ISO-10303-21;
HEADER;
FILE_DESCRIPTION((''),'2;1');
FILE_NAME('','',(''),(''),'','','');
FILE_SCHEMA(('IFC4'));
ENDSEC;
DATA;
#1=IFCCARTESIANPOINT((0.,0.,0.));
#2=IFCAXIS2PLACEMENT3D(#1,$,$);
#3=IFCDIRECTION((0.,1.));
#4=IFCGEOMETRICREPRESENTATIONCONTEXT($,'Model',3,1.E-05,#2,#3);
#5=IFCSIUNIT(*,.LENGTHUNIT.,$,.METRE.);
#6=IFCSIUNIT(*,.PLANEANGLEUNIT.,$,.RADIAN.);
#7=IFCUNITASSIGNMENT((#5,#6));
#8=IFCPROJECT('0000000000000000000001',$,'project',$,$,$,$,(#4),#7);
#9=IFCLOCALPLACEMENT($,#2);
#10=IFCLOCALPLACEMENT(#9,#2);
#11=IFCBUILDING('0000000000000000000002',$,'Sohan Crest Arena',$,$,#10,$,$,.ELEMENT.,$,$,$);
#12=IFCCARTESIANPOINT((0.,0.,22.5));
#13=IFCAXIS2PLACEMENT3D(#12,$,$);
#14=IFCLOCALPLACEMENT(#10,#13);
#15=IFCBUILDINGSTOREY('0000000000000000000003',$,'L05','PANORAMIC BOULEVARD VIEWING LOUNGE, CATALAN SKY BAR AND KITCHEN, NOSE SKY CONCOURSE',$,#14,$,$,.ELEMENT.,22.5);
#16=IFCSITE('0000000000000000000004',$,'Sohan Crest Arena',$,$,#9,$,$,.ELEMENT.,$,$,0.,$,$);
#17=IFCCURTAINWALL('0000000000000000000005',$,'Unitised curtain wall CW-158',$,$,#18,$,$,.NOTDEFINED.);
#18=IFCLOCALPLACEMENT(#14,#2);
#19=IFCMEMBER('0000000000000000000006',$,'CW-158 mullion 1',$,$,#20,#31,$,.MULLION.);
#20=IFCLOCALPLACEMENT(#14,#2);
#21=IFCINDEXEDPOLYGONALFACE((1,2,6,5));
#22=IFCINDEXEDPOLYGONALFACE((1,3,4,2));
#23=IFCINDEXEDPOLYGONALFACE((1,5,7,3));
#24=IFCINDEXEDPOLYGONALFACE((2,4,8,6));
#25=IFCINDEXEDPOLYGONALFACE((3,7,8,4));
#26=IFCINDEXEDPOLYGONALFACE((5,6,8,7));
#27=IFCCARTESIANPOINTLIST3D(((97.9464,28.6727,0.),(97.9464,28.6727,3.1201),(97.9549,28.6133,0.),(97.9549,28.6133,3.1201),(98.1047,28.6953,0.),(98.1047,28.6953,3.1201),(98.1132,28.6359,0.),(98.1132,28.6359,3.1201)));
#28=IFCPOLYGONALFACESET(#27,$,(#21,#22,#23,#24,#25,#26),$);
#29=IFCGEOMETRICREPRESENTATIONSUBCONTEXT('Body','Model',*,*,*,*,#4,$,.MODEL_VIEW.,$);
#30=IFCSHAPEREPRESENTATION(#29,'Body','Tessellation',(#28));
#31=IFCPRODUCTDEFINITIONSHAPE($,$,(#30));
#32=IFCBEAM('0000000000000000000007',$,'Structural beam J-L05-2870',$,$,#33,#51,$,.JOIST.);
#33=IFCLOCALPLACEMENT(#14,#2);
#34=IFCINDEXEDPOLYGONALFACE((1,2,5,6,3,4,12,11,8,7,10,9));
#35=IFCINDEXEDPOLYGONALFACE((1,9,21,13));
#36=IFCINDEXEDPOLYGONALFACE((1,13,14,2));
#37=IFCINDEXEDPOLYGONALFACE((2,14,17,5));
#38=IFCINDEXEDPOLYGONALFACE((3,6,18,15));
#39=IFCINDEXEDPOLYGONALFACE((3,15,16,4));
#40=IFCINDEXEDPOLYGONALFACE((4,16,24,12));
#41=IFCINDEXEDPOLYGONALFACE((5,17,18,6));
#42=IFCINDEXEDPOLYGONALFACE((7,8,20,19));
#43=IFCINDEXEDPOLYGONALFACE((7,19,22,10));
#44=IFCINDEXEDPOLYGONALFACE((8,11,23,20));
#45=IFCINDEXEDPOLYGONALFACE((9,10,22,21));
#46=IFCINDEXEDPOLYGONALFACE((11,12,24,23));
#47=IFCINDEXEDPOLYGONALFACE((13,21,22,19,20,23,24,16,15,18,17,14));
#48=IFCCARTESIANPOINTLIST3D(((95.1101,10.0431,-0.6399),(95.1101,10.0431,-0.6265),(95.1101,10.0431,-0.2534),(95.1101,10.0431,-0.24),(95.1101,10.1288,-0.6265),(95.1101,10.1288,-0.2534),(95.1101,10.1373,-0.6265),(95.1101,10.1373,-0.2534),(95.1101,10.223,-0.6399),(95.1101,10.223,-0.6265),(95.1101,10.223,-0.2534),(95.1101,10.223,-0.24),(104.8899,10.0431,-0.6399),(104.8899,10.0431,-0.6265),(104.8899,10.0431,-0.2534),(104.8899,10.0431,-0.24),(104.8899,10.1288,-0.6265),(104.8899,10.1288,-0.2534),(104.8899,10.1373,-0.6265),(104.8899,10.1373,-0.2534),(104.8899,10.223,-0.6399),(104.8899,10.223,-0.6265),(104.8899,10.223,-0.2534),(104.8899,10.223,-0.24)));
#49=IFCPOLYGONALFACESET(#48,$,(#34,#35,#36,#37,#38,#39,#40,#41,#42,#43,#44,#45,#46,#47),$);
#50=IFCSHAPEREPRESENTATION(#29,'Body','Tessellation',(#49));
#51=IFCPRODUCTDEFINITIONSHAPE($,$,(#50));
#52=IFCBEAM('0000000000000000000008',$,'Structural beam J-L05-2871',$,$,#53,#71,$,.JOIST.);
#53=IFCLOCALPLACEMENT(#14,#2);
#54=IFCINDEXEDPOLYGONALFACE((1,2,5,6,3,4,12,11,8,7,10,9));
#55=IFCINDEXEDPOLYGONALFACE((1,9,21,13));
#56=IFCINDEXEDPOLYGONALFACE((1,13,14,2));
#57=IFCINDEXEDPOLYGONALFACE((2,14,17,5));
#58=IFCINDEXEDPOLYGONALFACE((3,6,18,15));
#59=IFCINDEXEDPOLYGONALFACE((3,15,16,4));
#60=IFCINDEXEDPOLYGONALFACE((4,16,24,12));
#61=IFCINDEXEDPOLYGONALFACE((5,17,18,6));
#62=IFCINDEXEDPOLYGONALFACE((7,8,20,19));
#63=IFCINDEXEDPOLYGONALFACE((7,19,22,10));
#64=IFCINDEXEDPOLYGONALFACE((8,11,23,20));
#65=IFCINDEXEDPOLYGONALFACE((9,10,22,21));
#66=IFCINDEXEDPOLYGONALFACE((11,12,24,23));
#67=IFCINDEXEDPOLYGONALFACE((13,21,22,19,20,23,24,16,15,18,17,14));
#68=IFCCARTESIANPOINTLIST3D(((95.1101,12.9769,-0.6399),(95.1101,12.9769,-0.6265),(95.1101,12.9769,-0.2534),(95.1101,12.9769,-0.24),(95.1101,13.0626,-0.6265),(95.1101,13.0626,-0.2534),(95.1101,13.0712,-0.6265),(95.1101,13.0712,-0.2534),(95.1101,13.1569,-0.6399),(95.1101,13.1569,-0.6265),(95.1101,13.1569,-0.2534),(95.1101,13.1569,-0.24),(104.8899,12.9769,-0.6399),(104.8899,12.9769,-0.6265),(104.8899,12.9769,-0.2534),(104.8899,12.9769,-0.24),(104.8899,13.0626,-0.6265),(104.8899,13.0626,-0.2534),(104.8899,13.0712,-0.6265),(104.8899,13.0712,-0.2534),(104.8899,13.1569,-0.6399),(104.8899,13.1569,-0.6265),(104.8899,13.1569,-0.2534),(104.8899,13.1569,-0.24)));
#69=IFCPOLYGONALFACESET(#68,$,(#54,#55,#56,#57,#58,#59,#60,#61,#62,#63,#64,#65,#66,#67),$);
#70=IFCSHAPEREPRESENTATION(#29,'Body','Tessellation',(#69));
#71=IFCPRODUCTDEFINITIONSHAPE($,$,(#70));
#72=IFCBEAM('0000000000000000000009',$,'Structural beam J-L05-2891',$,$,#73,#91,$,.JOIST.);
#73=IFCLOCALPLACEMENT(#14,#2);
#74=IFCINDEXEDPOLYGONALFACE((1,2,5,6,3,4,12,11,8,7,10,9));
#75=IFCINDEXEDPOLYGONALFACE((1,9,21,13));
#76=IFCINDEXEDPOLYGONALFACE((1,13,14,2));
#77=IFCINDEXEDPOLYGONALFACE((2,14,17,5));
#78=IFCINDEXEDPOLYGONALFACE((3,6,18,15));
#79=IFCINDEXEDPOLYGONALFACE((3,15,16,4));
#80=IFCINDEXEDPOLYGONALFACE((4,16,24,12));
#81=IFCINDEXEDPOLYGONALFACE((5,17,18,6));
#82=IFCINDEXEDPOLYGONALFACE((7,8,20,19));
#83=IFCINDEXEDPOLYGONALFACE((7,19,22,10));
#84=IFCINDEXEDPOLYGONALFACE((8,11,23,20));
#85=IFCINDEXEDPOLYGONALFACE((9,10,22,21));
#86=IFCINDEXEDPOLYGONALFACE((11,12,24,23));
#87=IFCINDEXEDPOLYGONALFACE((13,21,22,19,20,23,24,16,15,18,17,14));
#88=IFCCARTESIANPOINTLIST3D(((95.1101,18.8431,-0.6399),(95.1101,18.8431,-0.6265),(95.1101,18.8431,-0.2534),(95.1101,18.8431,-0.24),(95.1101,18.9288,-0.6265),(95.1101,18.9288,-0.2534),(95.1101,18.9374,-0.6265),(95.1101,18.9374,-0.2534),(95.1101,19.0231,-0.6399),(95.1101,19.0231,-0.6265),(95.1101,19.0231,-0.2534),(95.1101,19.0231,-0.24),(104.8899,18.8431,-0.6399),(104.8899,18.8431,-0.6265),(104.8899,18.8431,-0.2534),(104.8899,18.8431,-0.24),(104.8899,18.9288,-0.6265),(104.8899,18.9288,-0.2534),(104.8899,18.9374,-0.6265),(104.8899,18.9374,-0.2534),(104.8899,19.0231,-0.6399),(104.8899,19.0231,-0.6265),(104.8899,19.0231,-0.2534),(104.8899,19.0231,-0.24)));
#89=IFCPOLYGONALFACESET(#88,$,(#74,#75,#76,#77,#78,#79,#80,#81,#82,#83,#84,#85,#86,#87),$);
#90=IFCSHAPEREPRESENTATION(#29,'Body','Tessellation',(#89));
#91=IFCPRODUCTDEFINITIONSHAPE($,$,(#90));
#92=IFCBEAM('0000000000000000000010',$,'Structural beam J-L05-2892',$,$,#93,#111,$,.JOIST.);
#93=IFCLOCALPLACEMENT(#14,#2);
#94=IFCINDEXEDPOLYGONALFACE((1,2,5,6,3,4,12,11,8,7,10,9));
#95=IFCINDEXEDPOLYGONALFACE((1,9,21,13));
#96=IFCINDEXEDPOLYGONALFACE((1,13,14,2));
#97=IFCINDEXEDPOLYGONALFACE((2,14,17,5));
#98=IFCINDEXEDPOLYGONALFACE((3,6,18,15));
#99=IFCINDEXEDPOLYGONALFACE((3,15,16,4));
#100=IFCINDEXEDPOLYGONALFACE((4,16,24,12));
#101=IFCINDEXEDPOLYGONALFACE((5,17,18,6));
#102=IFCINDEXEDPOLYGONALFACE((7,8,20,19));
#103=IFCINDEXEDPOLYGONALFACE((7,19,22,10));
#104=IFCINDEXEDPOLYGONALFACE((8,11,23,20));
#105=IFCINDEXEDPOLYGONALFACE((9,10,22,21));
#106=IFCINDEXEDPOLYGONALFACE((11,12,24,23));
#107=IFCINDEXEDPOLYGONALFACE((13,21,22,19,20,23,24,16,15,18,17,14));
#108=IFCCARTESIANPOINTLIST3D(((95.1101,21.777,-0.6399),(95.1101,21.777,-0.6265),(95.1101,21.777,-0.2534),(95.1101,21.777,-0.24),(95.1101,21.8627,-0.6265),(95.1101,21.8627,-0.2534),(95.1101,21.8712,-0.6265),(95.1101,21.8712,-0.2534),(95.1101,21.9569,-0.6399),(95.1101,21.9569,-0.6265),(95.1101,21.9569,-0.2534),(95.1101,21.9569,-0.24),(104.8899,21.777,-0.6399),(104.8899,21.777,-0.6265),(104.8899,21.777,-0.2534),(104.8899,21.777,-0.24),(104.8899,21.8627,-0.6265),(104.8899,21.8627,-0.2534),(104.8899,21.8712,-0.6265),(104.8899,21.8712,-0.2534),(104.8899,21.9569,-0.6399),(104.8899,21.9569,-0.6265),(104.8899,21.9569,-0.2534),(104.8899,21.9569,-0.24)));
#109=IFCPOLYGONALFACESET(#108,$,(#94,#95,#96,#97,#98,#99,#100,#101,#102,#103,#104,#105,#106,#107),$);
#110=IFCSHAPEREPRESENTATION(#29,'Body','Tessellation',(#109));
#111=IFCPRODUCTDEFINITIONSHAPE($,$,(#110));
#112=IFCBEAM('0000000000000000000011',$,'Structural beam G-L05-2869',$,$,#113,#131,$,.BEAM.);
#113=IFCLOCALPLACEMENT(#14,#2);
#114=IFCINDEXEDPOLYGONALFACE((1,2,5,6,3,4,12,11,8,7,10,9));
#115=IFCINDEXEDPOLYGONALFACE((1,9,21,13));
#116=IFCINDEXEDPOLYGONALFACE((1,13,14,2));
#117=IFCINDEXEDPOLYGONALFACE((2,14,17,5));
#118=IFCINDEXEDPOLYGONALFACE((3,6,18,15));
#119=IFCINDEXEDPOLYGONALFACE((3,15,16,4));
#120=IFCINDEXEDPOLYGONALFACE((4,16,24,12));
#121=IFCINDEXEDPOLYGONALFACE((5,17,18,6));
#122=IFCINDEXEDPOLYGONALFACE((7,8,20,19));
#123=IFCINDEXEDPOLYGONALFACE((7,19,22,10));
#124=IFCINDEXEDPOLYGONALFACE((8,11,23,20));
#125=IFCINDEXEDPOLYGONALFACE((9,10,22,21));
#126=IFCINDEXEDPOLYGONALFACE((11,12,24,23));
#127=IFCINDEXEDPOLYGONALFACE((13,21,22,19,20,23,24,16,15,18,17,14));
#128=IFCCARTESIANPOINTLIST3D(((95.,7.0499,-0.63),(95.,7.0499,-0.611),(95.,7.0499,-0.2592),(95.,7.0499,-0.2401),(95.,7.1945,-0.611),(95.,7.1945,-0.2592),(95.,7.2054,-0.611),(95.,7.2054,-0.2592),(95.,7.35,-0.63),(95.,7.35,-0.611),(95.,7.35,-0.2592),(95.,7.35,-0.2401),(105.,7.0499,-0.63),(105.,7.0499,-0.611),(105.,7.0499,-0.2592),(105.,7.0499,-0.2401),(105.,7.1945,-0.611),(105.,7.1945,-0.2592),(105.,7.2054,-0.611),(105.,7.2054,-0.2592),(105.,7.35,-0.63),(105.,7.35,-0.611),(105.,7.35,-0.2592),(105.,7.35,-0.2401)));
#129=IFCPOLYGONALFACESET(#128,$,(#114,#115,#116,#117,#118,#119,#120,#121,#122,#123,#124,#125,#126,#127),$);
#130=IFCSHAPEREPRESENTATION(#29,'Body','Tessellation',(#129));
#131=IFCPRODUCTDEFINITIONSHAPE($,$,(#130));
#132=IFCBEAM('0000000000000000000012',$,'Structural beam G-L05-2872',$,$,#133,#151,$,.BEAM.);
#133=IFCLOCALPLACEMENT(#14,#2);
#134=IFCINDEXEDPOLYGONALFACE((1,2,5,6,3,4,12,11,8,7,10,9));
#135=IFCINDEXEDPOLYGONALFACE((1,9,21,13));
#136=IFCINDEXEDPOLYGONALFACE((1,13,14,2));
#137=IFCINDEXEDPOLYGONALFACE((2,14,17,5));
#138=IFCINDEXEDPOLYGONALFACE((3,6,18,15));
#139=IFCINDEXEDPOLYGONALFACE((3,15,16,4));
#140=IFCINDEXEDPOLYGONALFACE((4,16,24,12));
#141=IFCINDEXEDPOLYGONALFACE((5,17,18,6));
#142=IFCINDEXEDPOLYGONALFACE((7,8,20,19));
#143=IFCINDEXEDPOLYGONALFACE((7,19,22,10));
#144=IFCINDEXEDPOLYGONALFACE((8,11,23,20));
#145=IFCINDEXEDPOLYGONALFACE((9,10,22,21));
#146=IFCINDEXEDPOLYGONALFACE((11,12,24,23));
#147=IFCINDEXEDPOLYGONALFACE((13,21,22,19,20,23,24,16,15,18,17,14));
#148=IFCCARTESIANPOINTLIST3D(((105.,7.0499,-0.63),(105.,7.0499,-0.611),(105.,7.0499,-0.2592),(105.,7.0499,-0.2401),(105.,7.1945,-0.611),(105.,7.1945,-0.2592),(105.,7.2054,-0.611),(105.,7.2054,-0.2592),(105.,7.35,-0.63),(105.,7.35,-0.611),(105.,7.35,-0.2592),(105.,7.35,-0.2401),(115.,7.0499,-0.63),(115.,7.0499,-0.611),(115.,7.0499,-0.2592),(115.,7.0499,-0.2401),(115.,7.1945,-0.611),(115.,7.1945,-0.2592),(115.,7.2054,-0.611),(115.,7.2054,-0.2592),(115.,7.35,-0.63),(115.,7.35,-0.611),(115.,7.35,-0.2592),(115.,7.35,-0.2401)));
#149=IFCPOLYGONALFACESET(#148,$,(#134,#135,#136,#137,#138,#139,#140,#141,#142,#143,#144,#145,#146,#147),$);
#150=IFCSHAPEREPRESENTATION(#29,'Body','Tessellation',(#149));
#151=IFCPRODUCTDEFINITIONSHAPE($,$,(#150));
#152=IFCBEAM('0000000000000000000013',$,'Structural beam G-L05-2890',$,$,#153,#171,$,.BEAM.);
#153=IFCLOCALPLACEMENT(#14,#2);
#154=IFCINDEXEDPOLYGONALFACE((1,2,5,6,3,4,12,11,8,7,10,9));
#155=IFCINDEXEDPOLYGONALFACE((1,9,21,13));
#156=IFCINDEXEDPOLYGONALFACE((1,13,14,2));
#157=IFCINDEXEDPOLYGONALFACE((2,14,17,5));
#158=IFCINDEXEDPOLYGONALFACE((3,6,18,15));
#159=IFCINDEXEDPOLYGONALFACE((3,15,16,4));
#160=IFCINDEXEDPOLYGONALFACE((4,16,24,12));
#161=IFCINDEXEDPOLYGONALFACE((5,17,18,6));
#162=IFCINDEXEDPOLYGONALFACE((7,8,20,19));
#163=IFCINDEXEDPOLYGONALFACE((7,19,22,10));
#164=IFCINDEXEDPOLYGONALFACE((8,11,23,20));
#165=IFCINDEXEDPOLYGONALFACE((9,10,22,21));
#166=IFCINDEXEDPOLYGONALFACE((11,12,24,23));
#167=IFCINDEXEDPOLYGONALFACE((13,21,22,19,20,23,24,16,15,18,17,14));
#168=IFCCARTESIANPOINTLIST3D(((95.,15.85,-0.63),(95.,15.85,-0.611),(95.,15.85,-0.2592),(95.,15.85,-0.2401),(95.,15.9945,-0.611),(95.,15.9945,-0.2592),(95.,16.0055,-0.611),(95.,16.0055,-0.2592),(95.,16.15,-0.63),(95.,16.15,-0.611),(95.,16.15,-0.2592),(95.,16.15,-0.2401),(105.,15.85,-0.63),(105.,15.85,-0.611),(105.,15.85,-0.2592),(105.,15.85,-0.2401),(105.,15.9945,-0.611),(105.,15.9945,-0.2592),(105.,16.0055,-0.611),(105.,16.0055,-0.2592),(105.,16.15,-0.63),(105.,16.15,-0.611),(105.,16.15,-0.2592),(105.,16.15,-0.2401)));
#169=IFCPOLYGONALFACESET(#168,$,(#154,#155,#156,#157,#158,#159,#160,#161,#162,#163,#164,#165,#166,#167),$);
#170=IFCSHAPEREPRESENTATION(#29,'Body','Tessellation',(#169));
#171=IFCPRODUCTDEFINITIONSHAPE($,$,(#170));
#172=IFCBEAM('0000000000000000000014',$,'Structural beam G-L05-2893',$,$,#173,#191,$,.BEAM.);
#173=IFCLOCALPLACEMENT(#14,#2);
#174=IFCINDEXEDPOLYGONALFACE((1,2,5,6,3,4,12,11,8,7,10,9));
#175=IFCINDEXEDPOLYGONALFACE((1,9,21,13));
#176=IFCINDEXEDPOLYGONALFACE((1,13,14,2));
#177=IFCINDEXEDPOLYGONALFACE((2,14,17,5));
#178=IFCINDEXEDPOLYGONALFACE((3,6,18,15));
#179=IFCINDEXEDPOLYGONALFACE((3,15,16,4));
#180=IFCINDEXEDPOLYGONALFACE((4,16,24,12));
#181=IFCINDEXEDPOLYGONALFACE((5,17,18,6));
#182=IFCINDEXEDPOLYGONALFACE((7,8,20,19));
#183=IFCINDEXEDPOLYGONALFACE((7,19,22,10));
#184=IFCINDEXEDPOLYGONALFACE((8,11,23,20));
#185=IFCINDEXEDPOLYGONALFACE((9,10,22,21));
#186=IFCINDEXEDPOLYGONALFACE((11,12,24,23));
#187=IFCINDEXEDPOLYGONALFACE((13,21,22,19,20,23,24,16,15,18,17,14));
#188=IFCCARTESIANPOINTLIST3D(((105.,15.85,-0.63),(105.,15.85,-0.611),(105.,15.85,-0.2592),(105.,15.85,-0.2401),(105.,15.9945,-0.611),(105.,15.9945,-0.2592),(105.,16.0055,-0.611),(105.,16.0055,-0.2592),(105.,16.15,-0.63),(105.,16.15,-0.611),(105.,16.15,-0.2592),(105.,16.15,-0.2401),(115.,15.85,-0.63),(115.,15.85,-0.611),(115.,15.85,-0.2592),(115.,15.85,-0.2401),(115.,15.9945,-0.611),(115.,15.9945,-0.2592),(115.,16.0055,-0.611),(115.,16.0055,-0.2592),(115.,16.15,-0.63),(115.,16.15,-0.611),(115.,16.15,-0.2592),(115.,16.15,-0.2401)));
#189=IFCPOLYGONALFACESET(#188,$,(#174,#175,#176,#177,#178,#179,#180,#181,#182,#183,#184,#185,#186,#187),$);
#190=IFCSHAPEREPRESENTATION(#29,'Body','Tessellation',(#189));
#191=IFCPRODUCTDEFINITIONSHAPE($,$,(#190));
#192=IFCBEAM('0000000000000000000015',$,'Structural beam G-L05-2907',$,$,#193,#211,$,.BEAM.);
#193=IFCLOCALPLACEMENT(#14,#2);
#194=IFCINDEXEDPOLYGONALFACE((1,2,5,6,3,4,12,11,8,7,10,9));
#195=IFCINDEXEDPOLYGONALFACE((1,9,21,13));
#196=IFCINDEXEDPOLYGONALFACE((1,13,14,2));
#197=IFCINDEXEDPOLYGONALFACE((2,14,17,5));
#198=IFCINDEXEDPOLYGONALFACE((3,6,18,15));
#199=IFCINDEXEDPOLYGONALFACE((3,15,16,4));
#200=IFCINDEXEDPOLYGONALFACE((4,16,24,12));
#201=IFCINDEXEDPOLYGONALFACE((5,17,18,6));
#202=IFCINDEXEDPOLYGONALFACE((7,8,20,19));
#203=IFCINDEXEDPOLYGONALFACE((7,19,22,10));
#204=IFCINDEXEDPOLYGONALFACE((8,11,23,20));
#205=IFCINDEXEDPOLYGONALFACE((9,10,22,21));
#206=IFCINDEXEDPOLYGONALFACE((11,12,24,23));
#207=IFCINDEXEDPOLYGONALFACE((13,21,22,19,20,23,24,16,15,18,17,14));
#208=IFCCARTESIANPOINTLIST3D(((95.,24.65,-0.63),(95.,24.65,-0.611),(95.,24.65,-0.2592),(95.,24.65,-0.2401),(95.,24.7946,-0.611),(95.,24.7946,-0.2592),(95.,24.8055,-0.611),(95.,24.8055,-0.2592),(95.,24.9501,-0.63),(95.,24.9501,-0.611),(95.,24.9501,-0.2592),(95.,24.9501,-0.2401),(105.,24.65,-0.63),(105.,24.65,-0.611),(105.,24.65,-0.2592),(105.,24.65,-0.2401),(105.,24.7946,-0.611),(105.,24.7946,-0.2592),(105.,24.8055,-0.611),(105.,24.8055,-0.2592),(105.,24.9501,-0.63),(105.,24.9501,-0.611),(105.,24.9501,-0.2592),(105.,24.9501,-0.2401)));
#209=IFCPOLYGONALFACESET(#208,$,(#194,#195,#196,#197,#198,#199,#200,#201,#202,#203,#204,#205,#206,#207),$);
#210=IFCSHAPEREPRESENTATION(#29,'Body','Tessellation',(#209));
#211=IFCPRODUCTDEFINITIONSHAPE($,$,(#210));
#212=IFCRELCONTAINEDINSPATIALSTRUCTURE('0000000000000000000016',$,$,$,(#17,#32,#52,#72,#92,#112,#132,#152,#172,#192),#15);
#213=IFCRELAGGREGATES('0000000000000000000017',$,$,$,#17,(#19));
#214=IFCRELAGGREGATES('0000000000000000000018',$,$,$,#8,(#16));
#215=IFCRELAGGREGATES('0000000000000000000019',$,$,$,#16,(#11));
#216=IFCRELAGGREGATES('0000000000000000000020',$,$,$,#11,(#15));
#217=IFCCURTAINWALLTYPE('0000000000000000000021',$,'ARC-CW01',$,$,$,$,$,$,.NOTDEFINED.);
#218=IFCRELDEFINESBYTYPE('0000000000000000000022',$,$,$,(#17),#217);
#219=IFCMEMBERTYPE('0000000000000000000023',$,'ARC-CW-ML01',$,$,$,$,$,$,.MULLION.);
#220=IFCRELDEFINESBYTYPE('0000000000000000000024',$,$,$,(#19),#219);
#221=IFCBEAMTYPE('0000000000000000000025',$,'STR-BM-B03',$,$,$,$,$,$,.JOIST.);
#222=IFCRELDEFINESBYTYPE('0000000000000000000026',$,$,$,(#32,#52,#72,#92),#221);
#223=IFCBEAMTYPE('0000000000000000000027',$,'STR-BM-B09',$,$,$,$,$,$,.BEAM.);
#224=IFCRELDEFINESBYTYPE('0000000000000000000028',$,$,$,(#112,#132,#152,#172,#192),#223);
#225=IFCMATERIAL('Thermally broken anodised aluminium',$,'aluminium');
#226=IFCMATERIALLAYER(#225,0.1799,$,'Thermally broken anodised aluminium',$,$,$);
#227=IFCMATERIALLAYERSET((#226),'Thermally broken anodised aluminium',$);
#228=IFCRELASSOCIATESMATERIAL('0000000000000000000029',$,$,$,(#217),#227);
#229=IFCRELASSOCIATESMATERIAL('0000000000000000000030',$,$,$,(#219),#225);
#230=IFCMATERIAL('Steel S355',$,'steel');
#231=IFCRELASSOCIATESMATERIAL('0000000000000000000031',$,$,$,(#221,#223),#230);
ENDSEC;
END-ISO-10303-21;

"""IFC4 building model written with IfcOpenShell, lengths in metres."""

from ifc_helpers import new_model, si_unit, direction, frame, origin, origin_2d, place, context, subcontext, project, spatial, rectangle, i_section, extrude, material, layer, layer_set, material_profile, profile_set, type_object, element, aggregate, save


model = new_model("IFC4")

# Units and contexts
model_context = context("Model", 3, precision=1e-05, world=origin(), true_north=direction((0.0, 1.0)))
body_context = subcontext(model_context, "Body", "Model", "MODEL_VIEW")
ifc_project = project(units=[si_unit("LENGTHUNIT", "METRE"), si_unit("PLANEANGLEUNIT", "RADIAN")], contexts=[model_context])

# Site, building, storey
site_placement = place(None, origin())
site = spatial("IfcSite", under=ifc_project, at=site_placement, Name="Sohan Crest Arena", CompositionType="ELEMENT", RefElevation=0.0)
building_placement = place(site_placement, origin())
building = spatial("IfcBuilding", under=site, at=building_placement, Name="Sohan Crest Arena", CompositionType="ELEMENT")
storey_placement = place(building_placement, frame((0.0, 0.0, 22.5)))
storey = spatial("IfcBuildingStorey", under=building, at=storey_placement, Name="L05", Description="PANORAMIC BOULEVARD VIEWING LOUNGE, CATALAN SKY BAR AND KITCHEN, NOSE SKY CONCOURSE", CompositionType="ELEMENT", Elevation=22.5)

# Curtain wall, member
ifc_material_1 = material(Name="Thermally broken anodised aluminium", Category="aluminium")
ifc_layer_1 = layer(ifc_material_1, 0.1799, Name="Thermally broken anodised aluminium")
ifc_layer_set_1 = layer_set([ifc_layer_1], Name="Thermally broken anodised aluminium")
curtain_wall_type = type_object("IfcCurtainWallType", Name="ARC-CW01", PredefinedType="NOTDEFINED", material=ifc_layer_set_1)
curtain_wall_placement = place(storey_placement, origin())
curtain_wall = element("IfcCurtainWall", 1, at=curtain_wall_placement, inside=storey, type_object=curtain_wall_type, Name="Unitised curtain wall CW-158", PredefinedType="NOTDEFINED")
ifc_material_profile_1 = material_profile(ifc_material_1, rectangle(XDim=0.0601, YDim=0.1599, at=origin_2d()), Name="ALU-MULL 60x160")
ifc_profile_set_1 = profile_set([ifc_material_profile_1], Name="Thermally broken anodised aluminium")
member_type = type_object("IfcMemberType", Name="ARC-CW-ML01", PredefinedType="MULLION", material=ifc_profile_set_1)
member_placement = place(storey_placement, frame((98.0298, 28.6543, 0.0), z_axis=(0.0, 0.0, 1.0), x_axis=(-0.141463, 0.989944, 0.0)))
member = element("IfcMember", 2, at=member_placement, type_object=member_type, Name="CW-158 mullion 1", PredefinedType="MULLION", context=body_context, shape_type="SweptSolid", body=[
    extrude(rectangle(XDim=0.0601, YDim=0.1599, at=origin_2d()), origin(), (0.0, 0.0, 1.0), 3.1201),
])
aggregate(curtain_wall, [member])

# Beams
ifc_material_2 = material(Name="Steel S355", Category="steel")
ifc_material_profile_2 = material_profile(ifc_material_2, i_section(OverallWidth=0.1799, OverallDepth=0.3999, WebThickness=0.0085, FlangeThickness=0.0134, at=origin_2d()), Name="IPE 400")
ifc_profile_set_2 = profile_set([ifc_material_profile_2], Name="Steel S355")
beam_type_1 = type_object("IfcBeamType", Name="STR-BM-B03", PredefinedType="JOIST", material=ifc_profile_set_2)
for number, where, z_axis, x_axis, name in (
    (3, (95.1101, 10.1331, -0.4399), (1.0, 0.0, 0.0), (0.0, 1.0, 0.0), "Structural beam J-L05-2870"),
    (4, (95.1101, 13.0669, -0.4399), (1.0, 0.0, 0.0), (0.0, 1.0, 0.0), "Structural beam J-L05-2871"),
    (5, (95.1101, 18.9331, -0.4399), (1.0, 0.0, 0.0), (0.0, 1.0, 0.0), "Structural beam J-L05-2891"),
    (6, (95.1101, 21.8669, -0.4399), (1.0, 0.0, 0.0), (0.0, 1.0, 0.0), "Structural beam J-L05-2892"),
):
    element("IfcBeam", number, at=place(storey_placement, frame(where, z_axis=z_axis, x_axis=x_axis)), inside=storey, type_object=beam_type_1, Name=name, PredefinedType="JOIST", context=body_context, shape_type="SweptSolid", body=[
        extrude(i_section(OverallWidth=0.1799, OverallDepth=0.3999, WebThickness=0.0085, FlangeThickness=0.0134, at=origin_2d()), origin(), (0.0, 0.0, 1.0), 9.7798),
    ])
ifc_material_profile_3 = material_profile(ifc_material_2, i_section(OverallWidth=0.3, OverallDepth=0.3899, WebThickness=0.011, FlangeThickness=0.019, at=origin_2d()), Name="HEA 400")
ifc_profile_set_3 = profile_set([ifc_material_profile_3], Name="Steel S355")
beam_type_2 = type_object("IfcBeamType", Name="STR-BM-B09", PredefinedType="BEAM", material=ifc_profile_set_3)
for number, where, z_axis, x_axis, name in (
    (7, (95.0, 7.2, -0.4351), (1.0, 0.0, 0.0), (0.0, 1.0, 0.0), "Structural beam G-L05-2869"),
    (8, (105.0, 7.2, -0.4351), (1.0, 0.0, 0.0), (0.0, 1.0, 0.0), "Structural beam G-L05-2872"),
    (9, (95.0, 16.0, -0.4351), (1.0, 0.0, 0.0), (0.0, 1.0, 0.0), "Structural beam G-L05-2890"),
    (10, (105.0, 16.0, -0.4351), (1.0, 0.0, 0.0), (0.0, 1.0, 0.0), "Structural beam G-L05-2893"),
    (11, (95.0, 24.8, -0.4351), (1.0, 0.0, 0.0), (0.0, 1.0, 0.0), "Structural beam G-L05-2907"),
):
    element("IfcBeam", number, at=place(storey_placement, frame(where, z_axis=z_axis, x_axis=x_axis)), inside=storey, type_object=beam_type_2, Name=name, PredefinedType="BEAM", context=body_context, shape_type="SweptSolid", body=[
        extrude(i_section(OverallWidth=0.3, OverallDepth=0.3899, WebThickness=0.011, FlangeThickness=0.019, at=origin_2d()), origin(), (0.0, 0.0, 1.0), 10.0),
    ])

save(model, "model.ifc")
